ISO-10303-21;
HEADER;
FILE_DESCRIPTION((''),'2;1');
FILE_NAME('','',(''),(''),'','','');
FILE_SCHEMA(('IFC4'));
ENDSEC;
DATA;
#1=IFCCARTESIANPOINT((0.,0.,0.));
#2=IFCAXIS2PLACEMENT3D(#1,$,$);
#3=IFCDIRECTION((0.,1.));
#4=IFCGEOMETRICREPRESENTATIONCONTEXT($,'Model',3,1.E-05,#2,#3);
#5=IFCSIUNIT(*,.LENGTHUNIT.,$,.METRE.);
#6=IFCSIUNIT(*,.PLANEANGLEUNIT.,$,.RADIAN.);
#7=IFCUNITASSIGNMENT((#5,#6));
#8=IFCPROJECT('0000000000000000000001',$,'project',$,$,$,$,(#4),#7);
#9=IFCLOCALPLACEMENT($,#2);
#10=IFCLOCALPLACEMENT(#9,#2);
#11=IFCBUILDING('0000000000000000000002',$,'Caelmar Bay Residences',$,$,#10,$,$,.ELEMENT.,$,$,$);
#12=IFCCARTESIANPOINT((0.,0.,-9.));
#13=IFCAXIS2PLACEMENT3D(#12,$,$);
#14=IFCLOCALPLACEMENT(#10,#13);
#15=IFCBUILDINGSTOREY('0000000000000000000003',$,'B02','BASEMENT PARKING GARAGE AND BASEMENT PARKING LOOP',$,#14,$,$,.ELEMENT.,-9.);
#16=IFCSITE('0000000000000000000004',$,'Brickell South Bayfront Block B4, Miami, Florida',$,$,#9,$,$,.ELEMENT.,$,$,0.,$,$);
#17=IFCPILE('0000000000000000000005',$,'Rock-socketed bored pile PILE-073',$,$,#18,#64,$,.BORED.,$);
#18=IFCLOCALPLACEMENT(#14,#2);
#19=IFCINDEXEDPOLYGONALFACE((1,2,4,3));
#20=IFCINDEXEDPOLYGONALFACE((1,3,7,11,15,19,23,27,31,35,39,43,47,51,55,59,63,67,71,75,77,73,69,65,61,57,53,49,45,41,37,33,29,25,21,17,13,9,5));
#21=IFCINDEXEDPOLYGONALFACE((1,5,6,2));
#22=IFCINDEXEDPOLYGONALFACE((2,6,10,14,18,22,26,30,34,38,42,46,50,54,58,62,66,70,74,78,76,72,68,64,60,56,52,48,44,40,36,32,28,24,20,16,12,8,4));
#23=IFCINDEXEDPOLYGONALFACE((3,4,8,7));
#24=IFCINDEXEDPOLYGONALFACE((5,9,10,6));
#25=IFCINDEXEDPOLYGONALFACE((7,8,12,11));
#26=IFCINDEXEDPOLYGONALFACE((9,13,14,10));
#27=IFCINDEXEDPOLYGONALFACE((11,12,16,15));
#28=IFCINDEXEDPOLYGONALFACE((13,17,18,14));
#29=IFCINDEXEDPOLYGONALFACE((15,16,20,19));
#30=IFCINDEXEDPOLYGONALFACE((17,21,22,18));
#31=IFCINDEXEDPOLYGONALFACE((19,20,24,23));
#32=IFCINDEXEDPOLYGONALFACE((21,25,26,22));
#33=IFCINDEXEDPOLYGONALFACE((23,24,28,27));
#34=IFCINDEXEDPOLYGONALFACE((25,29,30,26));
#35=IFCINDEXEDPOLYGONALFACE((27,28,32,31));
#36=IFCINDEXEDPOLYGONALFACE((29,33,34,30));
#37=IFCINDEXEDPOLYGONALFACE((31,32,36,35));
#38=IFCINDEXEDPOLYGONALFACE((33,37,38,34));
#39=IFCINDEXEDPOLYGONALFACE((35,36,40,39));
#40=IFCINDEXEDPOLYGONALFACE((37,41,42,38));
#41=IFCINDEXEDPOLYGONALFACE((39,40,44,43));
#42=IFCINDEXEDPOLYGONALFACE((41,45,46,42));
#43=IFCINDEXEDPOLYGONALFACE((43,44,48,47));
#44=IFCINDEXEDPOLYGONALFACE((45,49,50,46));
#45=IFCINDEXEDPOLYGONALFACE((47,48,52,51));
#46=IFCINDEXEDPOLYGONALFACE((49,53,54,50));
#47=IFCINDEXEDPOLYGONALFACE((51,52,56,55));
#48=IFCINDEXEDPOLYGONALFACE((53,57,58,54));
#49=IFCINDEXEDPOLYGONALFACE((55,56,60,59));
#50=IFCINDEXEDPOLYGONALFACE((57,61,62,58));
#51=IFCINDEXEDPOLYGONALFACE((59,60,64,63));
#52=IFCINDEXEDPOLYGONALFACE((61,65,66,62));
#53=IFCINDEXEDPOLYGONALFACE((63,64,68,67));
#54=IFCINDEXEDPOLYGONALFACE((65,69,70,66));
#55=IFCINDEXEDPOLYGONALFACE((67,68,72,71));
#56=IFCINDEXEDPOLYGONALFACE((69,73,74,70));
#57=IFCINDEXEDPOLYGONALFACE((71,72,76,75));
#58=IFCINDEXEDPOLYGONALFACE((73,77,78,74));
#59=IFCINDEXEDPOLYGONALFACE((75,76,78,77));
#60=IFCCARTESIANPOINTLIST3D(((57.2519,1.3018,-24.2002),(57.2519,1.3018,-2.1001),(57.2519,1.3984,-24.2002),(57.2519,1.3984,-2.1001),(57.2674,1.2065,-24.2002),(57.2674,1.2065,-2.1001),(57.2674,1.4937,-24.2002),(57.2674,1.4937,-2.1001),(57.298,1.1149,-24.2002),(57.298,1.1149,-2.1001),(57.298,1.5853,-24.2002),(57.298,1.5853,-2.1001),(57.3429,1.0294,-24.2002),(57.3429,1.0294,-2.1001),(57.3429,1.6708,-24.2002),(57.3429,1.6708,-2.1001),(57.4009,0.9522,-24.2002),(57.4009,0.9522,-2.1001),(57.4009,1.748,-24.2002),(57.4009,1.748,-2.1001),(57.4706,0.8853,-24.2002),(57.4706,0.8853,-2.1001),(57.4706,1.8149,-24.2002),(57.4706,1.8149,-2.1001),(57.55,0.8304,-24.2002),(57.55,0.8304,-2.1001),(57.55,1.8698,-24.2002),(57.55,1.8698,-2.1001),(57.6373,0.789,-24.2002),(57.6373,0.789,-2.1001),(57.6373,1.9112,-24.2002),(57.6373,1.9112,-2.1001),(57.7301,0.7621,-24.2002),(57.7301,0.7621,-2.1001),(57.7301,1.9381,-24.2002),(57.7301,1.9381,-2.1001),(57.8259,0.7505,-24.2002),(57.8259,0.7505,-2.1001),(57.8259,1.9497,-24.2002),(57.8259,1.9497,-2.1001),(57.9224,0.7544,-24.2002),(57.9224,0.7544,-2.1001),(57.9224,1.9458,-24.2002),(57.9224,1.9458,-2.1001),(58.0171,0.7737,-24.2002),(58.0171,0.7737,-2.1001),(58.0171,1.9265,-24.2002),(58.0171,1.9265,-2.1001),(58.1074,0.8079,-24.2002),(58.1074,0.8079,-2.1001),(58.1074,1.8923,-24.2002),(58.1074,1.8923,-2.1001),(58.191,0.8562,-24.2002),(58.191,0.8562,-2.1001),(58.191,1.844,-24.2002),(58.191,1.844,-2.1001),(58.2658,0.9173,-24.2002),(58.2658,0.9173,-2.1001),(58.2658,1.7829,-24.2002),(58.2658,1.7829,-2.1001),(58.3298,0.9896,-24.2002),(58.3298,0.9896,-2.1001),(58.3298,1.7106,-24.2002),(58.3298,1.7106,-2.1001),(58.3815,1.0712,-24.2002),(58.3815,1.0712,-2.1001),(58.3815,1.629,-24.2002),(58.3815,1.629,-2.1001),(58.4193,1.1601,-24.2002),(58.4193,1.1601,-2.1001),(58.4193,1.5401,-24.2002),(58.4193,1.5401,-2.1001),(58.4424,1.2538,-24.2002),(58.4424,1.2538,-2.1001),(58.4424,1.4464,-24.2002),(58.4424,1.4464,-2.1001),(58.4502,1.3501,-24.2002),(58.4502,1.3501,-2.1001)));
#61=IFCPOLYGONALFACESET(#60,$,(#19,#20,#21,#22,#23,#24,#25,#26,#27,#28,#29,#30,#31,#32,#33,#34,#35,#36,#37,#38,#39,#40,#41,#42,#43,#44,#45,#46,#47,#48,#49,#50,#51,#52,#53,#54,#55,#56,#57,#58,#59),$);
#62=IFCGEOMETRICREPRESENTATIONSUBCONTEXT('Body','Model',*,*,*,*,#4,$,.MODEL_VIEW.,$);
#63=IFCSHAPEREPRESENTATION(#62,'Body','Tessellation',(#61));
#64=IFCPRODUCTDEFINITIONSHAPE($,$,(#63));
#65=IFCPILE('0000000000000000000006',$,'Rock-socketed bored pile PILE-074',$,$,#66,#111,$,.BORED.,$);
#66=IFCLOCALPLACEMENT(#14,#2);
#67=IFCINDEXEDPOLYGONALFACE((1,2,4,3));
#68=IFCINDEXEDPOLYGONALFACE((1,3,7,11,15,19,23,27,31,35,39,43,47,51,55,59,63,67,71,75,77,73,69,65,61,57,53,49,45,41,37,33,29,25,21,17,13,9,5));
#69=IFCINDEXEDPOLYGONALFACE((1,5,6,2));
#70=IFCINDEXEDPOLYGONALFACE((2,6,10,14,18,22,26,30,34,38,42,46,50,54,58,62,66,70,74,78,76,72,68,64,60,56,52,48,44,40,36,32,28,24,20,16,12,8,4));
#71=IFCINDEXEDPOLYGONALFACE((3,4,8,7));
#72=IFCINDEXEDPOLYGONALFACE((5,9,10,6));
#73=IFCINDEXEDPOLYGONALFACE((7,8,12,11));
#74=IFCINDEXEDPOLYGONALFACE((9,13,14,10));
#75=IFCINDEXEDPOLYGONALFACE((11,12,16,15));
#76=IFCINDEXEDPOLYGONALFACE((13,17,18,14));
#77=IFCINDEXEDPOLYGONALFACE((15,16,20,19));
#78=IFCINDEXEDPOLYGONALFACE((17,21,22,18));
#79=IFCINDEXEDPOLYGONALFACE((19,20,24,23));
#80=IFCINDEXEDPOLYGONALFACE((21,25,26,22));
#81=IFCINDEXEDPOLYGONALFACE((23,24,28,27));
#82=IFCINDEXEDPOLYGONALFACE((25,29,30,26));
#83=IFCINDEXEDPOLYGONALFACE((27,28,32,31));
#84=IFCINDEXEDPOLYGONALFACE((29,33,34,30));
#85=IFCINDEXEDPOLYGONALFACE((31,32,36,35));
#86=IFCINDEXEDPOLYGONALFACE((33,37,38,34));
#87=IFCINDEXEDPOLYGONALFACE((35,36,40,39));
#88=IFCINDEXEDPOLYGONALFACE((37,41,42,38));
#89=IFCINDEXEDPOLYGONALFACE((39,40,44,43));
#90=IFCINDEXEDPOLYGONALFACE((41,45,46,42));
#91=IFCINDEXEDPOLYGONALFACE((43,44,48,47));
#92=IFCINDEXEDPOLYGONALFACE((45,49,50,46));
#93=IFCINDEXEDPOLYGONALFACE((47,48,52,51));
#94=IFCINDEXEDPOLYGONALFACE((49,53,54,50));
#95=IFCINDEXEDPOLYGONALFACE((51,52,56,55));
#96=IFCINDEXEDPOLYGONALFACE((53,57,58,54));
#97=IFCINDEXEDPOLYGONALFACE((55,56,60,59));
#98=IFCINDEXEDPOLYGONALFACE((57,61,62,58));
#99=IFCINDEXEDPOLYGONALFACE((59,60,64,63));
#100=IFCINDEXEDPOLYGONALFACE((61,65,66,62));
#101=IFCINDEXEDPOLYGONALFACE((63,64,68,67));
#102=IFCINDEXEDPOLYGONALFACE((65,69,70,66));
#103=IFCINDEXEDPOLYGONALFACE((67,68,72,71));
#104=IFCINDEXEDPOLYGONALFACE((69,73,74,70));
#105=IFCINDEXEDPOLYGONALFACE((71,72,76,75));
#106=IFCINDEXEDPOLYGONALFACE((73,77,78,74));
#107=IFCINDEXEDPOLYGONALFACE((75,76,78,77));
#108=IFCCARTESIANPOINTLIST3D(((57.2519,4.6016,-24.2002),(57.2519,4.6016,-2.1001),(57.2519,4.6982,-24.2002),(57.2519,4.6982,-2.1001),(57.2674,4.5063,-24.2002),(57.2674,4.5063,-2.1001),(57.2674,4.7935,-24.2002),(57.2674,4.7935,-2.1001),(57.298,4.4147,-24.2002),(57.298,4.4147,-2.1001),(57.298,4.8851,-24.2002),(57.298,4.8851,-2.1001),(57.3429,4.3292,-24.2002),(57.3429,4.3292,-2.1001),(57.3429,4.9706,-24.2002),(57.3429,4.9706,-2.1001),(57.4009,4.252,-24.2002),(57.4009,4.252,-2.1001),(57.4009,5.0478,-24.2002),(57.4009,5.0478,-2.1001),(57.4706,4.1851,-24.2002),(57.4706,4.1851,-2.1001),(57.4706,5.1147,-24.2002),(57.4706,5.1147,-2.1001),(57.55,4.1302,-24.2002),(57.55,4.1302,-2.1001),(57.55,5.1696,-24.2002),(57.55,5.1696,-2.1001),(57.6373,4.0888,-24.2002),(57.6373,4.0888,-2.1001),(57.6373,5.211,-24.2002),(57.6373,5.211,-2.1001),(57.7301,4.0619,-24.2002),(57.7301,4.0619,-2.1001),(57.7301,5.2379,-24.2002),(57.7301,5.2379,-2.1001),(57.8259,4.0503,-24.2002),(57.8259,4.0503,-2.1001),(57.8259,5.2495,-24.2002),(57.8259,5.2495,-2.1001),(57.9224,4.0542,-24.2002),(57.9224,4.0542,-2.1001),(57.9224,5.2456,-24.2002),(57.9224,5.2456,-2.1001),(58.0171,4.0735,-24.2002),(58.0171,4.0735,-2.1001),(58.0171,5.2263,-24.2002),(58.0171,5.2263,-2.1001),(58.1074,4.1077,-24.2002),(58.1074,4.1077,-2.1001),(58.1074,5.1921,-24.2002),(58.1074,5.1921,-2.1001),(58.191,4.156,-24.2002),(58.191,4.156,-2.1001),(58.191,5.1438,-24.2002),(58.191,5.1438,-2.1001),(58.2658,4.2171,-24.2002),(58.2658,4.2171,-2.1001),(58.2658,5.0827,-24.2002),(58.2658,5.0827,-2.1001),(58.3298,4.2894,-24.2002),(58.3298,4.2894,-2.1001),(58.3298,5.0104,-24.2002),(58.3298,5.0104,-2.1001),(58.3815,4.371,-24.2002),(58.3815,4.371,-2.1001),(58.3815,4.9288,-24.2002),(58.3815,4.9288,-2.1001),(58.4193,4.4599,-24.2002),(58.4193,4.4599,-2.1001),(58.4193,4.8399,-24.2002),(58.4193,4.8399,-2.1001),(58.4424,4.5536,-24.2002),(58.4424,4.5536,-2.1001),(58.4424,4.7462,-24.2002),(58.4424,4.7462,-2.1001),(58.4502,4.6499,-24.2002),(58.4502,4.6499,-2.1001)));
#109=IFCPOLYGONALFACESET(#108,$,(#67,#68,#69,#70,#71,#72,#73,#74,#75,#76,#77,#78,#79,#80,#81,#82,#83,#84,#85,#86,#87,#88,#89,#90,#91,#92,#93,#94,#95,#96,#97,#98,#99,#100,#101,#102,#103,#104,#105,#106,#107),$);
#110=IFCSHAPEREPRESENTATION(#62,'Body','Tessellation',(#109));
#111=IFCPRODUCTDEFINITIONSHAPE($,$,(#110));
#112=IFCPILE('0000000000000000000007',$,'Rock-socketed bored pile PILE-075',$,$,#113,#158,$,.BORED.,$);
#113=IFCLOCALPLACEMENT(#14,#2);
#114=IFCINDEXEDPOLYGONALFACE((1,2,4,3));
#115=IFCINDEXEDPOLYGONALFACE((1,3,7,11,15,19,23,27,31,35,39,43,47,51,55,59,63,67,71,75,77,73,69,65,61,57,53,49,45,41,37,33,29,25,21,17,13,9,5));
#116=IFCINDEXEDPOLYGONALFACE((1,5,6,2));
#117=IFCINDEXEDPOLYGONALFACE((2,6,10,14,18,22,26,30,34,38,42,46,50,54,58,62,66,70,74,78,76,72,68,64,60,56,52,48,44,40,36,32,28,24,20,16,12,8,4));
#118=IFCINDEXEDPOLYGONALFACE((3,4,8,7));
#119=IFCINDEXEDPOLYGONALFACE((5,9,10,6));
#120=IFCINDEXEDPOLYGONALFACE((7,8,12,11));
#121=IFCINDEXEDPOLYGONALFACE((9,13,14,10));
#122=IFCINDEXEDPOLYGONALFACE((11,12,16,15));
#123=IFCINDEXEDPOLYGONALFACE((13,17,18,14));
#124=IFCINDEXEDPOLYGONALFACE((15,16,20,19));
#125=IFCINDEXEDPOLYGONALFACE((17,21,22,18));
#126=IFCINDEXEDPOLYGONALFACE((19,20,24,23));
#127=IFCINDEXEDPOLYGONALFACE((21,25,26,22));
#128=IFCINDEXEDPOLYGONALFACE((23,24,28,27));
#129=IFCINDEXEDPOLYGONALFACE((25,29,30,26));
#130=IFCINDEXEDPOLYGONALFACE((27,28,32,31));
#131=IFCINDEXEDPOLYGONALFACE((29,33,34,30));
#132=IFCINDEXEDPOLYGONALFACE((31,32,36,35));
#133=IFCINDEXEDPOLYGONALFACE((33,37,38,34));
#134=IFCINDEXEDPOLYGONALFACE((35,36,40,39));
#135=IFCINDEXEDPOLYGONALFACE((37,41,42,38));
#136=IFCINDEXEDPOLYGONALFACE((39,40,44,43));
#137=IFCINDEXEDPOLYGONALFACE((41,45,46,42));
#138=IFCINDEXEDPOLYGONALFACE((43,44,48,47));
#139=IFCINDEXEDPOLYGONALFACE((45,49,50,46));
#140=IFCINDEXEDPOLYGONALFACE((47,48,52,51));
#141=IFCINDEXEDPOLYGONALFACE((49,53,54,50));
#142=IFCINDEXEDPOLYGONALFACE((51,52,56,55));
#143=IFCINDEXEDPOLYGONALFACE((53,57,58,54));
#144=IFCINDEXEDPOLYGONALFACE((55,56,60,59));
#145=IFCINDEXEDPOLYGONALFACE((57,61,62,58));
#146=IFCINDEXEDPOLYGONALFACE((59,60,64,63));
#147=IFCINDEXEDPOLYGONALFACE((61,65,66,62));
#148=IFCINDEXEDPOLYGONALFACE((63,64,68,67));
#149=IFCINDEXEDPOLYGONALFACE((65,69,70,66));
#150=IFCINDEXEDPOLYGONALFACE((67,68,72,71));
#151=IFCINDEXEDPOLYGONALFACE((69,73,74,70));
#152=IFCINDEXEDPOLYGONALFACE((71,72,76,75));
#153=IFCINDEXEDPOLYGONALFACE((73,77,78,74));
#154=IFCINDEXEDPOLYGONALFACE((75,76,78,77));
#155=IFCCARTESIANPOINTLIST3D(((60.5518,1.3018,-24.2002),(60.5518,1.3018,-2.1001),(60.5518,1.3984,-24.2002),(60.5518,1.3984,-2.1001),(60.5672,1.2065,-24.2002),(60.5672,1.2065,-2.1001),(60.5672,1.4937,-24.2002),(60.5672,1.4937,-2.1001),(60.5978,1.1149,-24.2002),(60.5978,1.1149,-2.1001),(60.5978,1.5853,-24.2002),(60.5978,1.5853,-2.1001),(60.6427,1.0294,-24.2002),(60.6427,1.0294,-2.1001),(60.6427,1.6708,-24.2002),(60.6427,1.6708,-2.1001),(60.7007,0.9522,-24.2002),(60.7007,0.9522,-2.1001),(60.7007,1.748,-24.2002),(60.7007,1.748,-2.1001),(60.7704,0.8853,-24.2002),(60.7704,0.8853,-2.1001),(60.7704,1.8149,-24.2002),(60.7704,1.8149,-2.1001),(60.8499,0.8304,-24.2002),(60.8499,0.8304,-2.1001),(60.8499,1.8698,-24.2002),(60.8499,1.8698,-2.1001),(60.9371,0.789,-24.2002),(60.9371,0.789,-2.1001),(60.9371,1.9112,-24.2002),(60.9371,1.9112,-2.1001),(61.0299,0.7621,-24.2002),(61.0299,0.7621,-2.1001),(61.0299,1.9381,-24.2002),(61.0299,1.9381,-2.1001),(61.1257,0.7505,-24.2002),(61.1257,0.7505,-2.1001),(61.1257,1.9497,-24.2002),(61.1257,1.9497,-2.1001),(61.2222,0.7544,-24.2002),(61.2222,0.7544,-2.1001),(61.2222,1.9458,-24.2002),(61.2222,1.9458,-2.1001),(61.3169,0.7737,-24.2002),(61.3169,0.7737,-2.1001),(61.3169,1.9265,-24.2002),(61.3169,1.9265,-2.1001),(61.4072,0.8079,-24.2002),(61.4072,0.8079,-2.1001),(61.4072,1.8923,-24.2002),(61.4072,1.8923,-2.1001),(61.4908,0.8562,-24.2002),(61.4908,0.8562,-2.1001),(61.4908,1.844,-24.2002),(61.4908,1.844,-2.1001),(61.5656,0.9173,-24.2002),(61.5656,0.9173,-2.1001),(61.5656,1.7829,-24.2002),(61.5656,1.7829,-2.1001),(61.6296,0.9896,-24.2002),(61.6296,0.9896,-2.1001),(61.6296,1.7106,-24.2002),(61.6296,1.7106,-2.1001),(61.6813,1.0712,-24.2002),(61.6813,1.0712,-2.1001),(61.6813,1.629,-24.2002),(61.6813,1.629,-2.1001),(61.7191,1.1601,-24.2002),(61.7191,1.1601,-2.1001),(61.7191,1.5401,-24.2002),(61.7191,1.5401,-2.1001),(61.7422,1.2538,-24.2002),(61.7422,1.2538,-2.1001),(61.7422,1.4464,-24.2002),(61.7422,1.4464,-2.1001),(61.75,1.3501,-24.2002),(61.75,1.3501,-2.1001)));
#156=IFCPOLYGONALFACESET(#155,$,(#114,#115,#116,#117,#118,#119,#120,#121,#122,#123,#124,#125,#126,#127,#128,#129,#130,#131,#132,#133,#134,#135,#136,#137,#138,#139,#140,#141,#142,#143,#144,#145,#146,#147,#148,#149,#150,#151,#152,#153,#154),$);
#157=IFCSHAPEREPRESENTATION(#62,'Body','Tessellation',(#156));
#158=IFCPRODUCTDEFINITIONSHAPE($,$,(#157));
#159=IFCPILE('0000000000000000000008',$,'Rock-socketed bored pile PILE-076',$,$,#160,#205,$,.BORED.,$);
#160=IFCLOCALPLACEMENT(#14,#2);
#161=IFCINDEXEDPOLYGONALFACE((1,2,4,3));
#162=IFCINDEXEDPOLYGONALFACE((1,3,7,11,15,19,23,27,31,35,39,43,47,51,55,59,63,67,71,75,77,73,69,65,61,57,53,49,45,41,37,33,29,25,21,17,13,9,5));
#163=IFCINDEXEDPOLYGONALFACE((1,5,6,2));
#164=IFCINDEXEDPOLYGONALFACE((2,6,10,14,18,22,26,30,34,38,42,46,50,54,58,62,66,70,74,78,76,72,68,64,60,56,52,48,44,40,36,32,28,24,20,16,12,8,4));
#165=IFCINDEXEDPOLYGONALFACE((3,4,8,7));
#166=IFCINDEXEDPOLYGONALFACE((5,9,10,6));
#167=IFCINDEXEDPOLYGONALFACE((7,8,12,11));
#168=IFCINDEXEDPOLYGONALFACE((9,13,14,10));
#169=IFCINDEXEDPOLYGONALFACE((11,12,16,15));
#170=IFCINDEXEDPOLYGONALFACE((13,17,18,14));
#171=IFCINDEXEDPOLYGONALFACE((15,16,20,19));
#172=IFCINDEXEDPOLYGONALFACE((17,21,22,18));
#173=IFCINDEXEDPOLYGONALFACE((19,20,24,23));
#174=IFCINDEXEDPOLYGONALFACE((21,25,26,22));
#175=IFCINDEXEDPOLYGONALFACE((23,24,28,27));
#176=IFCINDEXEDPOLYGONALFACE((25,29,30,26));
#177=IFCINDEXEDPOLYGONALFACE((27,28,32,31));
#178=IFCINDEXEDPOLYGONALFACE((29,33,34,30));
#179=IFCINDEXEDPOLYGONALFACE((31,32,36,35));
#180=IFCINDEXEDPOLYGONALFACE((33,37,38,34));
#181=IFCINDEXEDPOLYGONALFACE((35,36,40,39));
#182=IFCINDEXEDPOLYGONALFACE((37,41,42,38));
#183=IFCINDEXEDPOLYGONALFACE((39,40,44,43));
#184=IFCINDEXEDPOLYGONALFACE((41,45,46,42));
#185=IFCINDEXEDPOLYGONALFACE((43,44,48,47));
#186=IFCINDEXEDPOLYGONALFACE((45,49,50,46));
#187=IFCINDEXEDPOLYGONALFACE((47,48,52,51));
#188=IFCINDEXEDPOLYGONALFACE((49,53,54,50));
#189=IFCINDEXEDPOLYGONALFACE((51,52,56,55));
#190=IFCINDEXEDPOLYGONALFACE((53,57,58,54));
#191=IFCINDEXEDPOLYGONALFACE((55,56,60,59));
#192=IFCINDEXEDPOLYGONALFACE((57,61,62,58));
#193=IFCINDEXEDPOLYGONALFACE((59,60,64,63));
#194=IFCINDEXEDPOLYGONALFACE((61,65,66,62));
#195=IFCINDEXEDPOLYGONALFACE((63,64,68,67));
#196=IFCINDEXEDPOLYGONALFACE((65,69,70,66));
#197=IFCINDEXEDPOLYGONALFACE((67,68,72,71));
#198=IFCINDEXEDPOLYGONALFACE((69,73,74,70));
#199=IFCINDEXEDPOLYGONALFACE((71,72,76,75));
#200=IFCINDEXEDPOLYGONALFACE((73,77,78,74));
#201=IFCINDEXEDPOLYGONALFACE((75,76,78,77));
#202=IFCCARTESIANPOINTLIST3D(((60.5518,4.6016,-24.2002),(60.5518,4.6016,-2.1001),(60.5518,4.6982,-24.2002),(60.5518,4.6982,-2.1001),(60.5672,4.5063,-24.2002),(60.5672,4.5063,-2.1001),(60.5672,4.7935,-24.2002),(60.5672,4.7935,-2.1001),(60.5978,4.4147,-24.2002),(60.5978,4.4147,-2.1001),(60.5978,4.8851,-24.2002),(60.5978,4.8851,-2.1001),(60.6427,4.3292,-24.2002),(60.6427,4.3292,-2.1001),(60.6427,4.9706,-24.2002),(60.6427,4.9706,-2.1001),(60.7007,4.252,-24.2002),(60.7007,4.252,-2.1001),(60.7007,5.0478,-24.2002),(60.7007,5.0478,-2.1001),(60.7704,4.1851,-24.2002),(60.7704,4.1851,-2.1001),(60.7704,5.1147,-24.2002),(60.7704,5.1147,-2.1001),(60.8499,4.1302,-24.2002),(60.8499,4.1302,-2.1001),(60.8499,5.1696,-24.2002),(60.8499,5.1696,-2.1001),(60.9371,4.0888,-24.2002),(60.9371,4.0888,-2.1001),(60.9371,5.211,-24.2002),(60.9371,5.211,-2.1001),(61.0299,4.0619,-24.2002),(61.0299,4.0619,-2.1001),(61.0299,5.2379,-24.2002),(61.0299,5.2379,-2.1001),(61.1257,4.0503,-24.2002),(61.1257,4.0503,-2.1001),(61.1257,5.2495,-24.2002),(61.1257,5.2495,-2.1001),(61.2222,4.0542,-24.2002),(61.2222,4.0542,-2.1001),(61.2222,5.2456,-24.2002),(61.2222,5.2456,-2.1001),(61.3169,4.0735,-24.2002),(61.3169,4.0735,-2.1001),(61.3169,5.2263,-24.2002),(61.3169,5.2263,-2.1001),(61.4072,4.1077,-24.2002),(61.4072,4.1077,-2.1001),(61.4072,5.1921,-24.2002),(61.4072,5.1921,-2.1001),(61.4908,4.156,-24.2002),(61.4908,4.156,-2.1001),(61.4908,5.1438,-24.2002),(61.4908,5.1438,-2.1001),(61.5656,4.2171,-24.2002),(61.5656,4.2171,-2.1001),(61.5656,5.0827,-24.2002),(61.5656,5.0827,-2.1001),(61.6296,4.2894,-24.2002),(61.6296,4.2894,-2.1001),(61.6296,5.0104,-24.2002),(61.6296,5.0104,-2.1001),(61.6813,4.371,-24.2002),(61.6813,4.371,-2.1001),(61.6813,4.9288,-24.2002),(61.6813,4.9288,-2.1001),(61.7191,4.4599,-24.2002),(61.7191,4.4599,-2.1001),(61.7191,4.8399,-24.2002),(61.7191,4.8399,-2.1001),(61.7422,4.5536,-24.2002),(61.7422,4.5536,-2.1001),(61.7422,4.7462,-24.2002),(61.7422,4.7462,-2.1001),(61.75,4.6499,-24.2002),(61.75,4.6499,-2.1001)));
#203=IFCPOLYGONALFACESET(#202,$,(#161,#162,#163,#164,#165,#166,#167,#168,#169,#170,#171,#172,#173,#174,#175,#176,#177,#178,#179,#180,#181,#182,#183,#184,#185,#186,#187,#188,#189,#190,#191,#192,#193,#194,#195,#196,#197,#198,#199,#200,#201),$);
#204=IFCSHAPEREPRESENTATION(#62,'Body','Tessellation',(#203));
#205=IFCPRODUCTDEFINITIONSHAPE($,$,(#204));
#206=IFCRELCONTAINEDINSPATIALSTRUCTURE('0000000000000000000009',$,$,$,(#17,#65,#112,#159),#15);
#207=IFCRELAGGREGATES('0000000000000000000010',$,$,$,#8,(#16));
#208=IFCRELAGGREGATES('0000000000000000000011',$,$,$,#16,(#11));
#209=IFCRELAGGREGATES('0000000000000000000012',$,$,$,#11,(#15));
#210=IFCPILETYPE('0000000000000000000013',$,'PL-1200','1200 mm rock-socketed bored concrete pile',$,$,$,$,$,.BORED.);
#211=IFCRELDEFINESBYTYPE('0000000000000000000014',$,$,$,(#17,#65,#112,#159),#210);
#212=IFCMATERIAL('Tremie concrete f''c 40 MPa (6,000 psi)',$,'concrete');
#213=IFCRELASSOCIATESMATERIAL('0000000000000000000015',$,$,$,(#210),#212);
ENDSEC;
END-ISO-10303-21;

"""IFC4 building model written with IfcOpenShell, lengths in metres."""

from ifc_helpers import new_model, si_unit, direction, frame, origin, origin_2d, place, context, subcontext, project, spatial, circle, extrude, material, material_profile, profile_set, type_object, element, save


model = new_model("IFC4")

# Units and contexts
model_context = context("Model", 3, precision=1e-05, world=origin(), true_north=direction((0.0, 1.0)))
body_context = subcontext(model_context, "Body", "Model", "MODEL_VIEW")
ifc_project = project(units=[si_unit("LENGTHUNIT", "METRE"), si_unit("PLANEANGLEUNIT", "RADIAN")], contexts=[model_context])

# Site, building, storey
site_placement = place(None, origin())
site = spatial("IfcSite", under=ifc_project, at=site_placement, Name="Brickell South Bayfront Block B4, Miami, Florida", CompositionType="ELEMENT", RefElevation=0.0)
building_placement = place(site_placement, origin())
building = spatial("IfcBuilding", under=site, at=building_placement, Name="Caelmar Bay Residences", CompositionType="ELEMENT")
storey_placement = place(building_placement, frame((0.0, 0.0, -9.0)))
storey = spatial("IfcBuildingStorey", under=building, at=storey_placement, Name="B02", Description="BASEMENT PARKING GARAGE AND BASEMENT PARKING LOOP", CompositionType="ELEMENT", Elevation=-9.0)

# Piles
ifc_material_1 = material(Name="Tremie concrete f'c 40 MPa (6,000 psi)", Category="concrete")
ifc_material_profile_1 = material_profile(ifc_material_1, circle(Radius=0.6001, at=origin_2d()), Name="PILE-1200D")
ifc_profile_set_1 = profile_set([ifc_material_profile_1], Name="Tremie concrete f'c 40 MPa (6,000 psi)")
pile_type = type_object("IfcPileType", Name="PL-1200", Description="1200 mm rock-socketed bored concrete pile", PredefinedType="BORED", material=ifc_profile_set_1)
for number, where, z_axis, x_axis, name in (
    (1, (57.8501, 1.3501, -2.1001), (0.0, 0.0, -1.0), (1.0, 0.0, 0.0), "Rock-socketed bored pile PILE-073"),
    (2, (57.8501, 4.6499, -2.1001), (0.0, 0.0, -1.0), (1.0, 0.0, 0.0), "Rock-socketed bored pile PILE-074"),
    (3, (61.1499, 1.3501, -2.1001), (0.0, 0.0, -1.0), (1.0, 0.0, 0.0), "Rock-socketed bored pile PILE-075"),
    (4, (61.1499, 4.6499, -2.1001), (0.0, 0.0, -1.0), (1.0, 0.0, 0.0), "Rock-socketed bored pile PILE-076"),
):
    element("IfcPile", number, at=place(storey_placement, frame(where, z_axis=z_axis, x_axis=x_axis)), inside=storey, type_object=pile_type, Name=name, PredefinedType="BORED", context=body_context, shape_type="SweptSolid", body=[
        extrude(circle(Radius=0.6001, at=origin_2d()), origin(), (0.0, 0.0, 1.0), 22.1001),
    ])

save(model, "model.ifc")
